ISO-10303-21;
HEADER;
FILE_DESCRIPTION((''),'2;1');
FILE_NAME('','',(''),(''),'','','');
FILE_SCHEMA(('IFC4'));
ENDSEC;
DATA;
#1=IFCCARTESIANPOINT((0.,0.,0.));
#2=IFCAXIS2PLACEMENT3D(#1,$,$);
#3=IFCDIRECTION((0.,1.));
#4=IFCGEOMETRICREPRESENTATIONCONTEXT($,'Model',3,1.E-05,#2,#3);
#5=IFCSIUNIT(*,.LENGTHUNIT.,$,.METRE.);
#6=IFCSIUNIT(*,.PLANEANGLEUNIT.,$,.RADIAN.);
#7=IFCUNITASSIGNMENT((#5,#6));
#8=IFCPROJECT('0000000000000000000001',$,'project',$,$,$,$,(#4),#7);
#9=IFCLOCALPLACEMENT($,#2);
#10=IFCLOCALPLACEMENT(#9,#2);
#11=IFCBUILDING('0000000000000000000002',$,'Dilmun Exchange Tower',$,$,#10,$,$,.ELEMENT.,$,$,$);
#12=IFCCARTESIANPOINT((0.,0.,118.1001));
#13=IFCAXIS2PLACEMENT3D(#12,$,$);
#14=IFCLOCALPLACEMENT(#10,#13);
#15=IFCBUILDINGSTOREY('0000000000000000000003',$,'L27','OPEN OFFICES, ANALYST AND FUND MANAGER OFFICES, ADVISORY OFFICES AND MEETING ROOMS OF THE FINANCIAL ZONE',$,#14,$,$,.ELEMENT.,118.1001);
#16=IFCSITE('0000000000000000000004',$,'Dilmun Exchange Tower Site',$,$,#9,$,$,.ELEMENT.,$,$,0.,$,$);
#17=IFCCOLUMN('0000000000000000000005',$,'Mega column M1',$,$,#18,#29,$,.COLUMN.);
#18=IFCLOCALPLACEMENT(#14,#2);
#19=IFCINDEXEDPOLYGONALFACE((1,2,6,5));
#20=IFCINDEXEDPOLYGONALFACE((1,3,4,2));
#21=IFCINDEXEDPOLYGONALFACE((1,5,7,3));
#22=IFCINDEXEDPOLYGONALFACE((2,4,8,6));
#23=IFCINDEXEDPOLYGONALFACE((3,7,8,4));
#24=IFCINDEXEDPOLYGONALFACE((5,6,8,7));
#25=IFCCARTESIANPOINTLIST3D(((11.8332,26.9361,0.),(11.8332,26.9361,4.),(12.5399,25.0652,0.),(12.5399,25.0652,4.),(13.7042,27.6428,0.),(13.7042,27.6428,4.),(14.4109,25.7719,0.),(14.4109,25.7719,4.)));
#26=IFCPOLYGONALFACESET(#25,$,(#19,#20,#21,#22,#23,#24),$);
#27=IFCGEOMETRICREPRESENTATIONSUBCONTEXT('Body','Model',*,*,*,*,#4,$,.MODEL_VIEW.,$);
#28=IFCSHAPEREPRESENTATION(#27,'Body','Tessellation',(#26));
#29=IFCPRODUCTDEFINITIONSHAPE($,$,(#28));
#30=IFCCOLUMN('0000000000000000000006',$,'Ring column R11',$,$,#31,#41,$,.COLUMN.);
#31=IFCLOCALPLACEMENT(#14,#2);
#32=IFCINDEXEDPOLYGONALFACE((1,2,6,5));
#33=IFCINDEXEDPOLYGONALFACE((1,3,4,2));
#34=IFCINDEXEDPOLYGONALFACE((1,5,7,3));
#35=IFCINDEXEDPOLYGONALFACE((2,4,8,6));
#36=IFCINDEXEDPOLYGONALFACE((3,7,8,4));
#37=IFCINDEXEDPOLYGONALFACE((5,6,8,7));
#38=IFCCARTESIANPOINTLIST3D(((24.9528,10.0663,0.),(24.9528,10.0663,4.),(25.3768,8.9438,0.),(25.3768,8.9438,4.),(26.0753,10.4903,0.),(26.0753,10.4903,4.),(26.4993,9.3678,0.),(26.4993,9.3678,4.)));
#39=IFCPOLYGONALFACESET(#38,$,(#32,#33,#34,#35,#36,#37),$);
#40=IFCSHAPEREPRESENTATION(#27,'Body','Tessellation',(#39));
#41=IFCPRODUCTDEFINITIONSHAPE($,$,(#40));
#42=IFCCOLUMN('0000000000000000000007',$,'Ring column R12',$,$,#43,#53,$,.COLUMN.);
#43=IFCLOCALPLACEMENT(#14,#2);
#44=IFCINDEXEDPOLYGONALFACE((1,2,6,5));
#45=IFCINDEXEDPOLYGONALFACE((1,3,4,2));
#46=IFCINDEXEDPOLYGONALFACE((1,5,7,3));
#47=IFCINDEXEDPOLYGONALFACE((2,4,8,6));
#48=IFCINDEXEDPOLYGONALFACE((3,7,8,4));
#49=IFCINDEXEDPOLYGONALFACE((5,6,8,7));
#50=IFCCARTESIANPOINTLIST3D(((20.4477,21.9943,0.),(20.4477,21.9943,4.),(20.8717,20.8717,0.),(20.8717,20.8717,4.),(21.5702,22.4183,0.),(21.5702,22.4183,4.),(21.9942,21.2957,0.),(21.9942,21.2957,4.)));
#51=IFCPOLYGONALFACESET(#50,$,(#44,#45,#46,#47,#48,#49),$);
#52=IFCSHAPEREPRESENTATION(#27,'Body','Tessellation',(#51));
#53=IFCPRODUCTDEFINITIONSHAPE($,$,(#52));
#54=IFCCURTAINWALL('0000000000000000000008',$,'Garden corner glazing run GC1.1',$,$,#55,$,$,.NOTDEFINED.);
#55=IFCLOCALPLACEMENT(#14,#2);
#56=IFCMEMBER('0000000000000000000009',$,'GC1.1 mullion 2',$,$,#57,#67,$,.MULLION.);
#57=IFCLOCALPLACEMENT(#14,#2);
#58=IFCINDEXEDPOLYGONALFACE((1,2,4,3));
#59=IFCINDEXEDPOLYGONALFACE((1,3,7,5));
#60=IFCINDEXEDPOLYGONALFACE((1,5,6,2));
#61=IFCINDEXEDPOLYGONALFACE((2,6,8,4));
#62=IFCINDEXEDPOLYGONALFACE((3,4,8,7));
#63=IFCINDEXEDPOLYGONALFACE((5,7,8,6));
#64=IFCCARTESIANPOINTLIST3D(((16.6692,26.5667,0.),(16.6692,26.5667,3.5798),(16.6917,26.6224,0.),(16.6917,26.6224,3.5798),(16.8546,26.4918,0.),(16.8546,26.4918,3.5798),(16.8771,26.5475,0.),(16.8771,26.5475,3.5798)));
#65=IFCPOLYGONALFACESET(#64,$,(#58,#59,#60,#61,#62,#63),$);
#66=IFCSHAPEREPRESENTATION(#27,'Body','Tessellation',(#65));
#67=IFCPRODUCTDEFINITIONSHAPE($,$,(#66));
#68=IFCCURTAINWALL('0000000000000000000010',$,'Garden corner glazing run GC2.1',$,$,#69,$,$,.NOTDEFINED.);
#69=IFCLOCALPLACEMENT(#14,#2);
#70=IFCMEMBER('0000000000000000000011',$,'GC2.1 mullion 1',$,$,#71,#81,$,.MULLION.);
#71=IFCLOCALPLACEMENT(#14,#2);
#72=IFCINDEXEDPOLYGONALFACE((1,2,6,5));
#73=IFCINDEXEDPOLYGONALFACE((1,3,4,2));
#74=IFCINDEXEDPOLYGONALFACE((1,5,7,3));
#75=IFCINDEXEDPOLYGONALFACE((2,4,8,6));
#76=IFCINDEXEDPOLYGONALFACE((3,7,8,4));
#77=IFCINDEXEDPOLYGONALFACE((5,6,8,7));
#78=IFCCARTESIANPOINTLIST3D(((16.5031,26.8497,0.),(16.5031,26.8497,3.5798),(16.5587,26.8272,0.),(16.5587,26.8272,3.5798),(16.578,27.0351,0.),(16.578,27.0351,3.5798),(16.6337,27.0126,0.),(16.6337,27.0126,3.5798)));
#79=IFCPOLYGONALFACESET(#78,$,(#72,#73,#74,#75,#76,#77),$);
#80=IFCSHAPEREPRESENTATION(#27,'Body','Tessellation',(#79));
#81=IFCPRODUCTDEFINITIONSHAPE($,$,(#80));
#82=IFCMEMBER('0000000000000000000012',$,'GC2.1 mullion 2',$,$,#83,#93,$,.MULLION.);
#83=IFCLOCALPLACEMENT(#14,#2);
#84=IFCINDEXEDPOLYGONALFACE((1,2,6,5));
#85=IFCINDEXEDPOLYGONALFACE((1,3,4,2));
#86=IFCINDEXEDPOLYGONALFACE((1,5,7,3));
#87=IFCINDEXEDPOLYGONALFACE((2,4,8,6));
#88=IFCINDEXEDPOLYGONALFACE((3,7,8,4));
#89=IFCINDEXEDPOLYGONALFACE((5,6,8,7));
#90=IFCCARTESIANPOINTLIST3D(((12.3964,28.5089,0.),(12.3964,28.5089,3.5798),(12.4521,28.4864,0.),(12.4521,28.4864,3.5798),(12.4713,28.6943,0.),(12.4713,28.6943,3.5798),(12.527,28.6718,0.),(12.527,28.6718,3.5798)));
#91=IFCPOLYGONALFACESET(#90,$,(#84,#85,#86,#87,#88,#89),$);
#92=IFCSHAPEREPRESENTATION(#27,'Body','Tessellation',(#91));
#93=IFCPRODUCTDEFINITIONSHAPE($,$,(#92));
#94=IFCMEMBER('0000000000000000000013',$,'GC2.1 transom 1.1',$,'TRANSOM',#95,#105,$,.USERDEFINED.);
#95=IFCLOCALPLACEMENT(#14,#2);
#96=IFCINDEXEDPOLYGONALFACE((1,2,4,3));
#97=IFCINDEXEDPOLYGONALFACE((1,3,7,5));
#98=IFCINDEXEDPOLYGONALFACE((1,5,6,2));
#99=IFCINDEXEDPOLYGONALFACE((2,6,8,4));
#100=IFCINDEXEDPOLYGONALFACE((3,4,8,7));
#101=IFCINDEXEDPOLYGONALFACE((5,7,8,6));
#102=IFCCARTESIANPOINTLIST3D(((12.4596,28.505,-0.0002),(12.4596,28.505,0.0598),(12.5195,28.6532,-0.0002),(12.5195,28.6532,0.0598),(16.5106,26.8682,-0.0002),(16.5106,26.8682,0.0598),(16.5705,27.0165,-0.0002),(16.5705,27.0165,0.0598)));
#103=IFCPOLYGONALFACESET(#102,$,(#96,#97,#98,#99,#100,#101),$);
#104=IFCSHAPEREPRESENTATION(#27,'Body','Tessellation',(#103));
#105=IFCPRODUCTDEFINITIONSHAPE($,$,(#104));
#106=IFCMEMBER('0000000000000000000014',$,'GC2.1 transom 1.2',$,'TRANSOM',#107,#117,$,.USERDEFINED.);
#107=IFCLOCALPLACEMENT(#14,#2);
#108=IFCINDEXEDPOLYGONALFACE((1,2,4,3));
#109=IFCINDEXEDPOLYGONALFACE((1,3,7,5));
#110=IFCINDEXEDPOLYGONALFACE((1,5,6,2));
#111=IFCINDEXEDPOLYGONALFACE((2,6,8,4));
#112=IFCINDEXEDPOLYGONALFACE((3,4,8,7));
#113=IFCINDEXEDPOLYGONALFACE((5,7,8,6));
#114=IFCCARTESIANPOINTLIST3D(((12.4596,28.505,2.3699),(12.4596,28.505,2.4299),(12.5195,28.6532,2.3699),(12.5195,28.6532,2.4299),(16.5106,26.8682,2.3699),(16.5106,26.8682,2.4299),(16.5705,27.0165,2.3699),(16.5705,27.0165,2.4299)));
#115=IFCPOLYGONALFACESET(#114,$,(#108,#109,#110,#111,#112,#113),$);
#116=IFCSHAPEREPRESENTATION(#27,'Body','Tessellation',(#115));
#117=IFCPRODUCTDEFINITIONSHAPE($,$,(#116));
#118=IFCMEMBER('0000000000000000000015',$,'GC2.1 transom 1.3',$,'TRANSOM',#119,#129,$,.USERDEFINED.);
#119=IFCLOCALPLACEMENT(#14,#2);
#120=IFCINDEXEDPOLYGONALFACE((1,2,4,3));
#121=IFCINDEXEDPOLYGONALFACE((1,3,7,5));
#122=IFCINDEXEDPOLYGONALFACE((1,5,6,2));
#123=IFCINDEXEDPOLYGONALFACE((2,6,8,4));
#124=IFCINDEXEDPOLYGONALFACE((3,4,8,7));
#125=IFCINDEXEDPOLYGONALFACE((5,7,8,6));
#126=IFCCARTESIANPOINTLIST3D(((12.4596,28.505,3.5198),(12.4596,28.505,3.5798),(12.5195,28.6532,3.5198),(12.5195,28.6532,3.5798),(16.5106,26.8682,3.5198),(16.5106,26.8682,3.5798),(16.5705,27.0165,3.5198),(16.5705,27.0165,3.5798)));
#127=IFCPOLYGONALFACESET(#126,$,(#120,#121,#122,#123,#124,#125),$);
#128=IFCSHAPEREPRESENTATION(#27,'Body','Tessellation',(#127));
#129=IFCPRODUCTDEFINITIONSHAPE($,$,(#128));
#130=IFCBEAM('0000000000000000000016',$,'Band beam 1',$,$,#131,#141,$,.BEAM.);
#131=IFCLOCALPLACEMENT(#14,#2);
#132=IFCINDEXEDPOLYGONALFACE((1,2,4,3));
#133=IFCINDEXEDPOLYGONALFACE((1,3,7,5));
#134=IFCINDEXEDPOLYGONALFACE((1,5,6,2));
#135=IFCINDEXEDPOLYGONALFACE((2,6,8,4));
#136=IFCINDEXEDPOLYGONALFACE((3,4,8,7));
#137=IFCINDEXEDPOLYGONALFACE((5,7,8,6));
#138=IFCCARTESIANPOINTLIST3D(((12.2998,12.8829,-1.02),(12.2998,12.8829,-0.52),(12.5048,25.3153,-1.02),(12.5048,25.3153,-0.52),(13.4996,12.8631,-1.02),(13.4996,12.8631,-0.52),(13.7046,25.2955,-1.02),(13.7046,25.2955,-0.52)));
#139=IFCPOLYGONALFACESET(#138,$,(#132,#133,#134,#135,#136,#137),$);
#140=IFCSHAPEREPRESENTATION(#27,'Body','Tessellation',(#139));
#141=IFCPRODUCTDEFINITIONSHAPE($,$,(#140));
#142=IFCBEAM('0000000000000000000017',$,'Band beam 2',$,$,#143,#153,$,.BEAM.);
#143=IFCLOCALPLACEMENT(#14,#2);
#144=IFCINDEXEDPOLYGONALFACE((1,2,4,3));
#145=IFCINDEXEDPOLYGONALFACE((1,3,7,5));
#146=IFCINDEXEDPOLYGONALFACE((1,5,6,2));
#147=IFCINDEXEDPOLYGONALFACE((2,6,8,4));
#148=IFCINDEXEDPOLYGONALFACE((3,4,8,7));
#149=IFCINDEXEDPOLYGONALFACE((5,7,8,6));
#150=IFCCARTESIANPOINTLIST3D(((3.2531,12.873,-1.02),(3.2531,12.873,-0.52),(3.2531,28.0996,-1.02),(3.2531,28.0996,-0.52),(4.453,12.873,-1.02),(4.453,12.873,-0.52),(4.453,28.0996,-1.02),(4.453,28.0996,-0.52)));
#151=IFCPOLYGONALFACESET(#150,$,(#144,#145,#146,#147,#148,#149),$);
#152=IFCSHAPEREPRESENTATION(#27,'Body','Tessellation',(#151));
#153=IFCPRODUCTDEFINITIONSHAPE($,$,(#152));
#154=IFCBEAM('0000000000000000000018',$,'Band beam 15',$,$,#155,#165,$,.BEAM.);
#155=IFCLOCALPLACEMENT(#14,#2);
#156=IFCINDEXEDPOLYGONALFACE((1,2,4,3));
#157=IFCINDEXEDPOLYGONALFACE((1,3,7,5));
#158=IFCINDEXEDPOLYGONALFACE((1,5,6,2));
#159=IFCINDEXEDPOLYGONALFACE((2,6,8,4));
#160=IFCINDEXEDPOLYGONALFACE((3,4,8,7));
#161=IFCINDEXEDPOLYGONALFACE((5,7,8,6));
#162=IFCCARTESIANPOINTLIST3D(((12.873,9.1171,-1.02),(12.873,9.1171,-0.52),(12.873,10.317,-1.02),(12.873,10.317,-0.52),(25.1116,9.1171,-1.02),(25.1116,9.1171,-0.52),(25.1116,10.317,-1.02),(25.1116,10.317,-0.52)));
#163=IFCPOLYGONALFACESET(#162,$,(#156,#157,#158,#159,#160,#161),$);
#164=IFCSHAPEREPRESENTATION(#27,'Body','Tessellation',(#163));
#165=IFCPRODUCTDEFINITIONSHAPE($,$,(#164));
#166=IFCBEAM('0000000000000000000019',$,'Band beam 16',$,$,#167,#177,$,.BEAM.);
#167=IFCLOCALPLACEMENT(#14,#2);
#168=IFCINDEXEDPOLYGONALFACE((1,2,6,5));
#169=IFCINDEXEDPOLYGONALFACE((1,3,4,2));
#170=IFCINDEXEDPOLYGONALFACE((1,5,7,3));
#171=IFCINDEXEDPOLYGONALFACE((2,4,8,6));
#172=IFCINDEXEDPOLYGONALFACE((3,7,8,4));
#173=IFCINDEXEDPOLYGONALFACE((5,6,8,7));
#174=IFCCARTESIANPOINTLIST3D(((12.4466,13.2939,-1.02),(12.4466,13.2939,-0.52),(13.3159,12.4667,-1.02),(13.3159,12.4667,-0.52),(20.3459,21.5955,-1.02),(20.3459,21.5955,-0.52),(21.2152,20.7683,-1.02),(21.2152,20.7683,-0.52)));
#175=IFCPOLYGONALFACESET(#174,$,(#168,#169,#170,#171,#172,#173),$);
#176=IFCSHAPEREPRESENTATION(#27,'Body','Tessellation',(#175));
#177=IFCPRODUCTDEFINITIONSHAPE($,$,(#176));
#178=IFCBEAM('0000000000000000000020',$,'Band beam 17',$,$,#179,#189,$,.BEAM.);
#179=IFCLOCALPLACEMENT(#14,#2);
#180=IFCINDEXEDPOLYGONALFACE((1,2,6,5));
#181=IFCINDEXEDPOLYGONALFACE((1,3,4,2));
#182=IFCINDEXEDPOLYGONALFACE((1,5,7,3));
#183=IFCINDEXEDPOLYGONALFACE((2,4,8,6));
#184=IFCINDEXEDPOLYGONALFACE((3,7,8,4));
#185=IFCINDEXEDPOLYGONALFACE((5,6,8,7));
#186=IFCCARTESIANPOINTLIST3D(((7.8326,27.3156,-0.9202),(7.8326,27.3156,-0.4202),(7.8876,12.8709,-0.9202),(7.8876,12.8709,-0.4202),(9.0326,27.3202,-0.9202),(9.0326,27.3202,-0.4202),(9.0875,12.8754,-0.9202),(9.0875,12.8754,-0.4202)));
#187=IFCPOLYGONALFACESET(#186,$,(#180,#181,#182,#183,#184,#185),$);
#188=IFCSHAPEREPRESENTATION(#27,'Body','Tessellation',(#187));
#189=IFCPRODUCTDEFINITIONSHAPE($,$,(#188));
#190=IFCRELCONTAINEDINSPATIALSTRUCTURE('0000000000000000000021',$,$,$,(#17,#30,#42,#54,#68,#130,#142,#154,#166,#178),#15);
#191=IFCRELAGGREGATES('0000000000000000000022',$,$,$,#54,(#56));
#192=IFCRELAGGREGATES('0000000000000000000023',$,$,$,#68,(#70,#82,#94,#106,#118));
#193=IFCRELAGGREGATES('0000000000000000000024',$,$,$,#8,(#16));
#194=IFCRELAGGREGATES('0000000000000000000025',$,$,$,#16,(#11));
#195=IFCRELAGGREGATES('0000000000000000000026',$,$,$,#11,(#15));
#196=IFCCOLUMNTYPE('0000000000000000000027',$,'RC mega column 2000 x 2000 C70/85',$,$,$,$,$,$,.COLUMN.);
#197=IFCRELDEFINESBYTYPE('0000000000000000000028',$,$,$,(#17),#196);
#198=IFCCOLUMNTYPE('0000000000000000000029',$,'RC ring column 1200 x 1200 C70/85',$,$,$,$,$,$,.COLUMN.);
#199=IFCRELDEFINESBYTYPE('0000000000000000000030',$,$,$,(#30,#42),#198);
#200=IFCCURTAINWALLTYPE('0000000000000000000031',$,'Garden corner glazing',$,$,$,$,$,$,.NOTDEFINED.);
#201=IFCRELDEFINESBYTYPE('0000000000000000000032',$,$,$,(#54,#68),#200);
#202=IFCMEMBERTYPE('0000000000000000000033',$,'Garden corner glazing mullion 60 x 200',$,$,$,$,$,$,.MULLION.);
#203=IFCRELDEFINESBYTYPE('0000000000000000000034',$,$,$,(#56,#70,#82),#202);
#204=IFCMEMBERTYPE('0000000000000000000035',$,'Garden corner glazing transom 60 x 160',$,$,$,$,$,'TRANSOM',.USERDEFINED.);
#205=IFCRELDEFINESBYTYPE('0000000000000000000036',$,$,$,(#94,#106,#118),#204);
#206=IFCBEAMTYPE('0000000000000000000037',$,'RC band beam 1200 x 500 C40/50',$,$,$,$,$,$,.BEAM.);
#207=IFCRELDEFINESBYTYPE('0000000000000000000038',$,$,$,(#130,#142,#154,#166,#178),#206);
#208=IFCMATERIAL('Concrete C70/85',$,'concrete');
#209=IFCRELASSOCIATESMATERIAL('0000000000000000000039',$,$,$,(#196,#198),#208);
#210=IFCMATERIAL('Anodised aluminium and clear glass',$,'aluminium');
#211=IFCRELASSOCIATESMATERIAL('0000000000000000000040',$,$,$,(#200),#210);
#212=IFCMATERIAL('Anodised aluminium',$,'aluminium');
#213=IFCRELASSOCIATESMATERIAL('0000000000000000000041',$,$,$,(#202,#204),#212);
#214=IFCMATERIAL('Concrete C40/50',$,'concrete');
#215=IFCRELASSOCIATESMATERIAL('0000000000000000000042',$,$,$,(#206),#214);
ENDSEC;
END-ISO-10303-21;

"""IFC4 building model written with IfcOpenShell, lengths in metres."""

from ifc_helpers import new_model, si_unit, direction, frame, origin, origin_2d, place, context, subcontext, project, spatial, rectangle, extrude, material, material_profile, profile_set, type_object, element, aggregate, save


model = new_model("IFC4")

# Units and contexts
model_context = context("Model", 3, precision=1e-05, world=origin(), true_north=direction((0.0, 1.0)))
body_context = subcontext(model_context, "Body", "Model", "MODEL_VIEW")
ifc_project = project(units=[si_unit("LENGTHUNIT", "METRE"), si_unit("PLANEANGLEUNIT", "RADIAN")], contexts=[model_context])

# Site, building, storey
site_placement = place(None, origin())
site = spatial("IfcSite", under=ifc_project, at=site_placement, Name="Dilmun Exchange Tower Site", CompositionType="ELEMENT", RefElevation=0.0)
building_placement = place(site_placement, origin())
building = spatial("IfcBuilding", under=site, at=building_placement, Name="Dilmun Exchange Tower", CompositionType="ELEMENT")
storey_placement = place(building_placement, frame((0.0, 0.0, 118.1001)))
storey = spatial("IfcBuildingStorey", under=building, at=storey_placement, Name="L27", Description="OPEN OFFICES, ANALYST AND FUND MANAGER OFFICES, ADVISORY OFFICES AND MEETING ROOMS OF THE FINANCIAL ZONE", CompositionType="ELEMENT", Elevation=118.1001)

# Columns
ifc_material_1 = material(Name="Concrete C70/85", Category="concrete")
ifc_material_profile_1 = material_profile(ifc_material_1, rectangle(XDim=2.0, YDim=2.0, at=origin_2d()), Name="2000 x 2000")
ifc_profile_set_1 = profile_set([ifc_material_profile_1], Name="Concrete C70/85")
column_type_1 = type_object("IfcColumnType", Name="RC mega column 2000 x 2000 C70/85", PredefinedType="COLUMN", material=ifc_profile_set_1)
column_placement = place(storey_placement, frame((13.1221, 26.354, 0.0), z_axis=(0.0, 0.0, 1.0), x_axis=(0.935492, 0.353349, 0.0)))
element("IfcColumn", 1, at=column_placement, inside=storey, type_object=column_type_1, Name="Mega column M1", PredefinedType="COLUMN", context=body_context, shape_type="SweptSolid", body=[
    extrude(rectangle(XDim=2.0, YDim=2.0, at=origin_2d()), origin(), (0.0, 0.0, 1.0), 4.0),
])
ifc_material_profile_2 = material_profile(ifc_material_1, rectangle(XDim=1.2, YDim=1.2, at=origin_2d()), Name="1200 x 1200")
ifc_profile_set_2 = profile_set([ifc_material_profile_2], Name="Concrete C70/85")
column_type_2 = type_object("IfcColumnType", Name="RC ring column 1200 x 1200 C70/85", PredefinedType="COLUMN", material=ifc_profile_set_2)
for number, where, z_axis, x_axis, name in (
    (2, (25.7261, 9.717, 0.0), (0.0, 0.0, 1.0), (0.935492, 0.353349, 0.0), "Ring column R11"),
    (3, (21.2209, 21.645, 0.0), (0.0, 0.0, 1.0), (0.935492, 0.353349, 0.0), "Ring column R12"),
):
    element("IfcColumn", number, at=place(storey_placement, frame(where, z_axis=z_axis, x_axis=x_axis)), inside=storey, type_object=column_type_2, Name=name, PredefinedType="COLUMN", context=body_context, shape_type="SweptSolid", body=[
        extrude(rectangle(XDim=1.2, YDim=1.2, at=origin_2d()), origin(), (0.0, 0.0, 1.0), 4.0),
    ])

# Curtain wall, member
ifc_material_2 = material(Name="Anodised aluminium and clear glass", Category="aluminium")
curtain_wall_type = type_object("IfcCurtainWallType", Name="Garden corner glazing", PredefinedType="NOTDEFINED", material=ifc_material_2)
curtain_wall_1_placement = place(storey_placement, origin())
curtain_wall_1 = element("IfcCurtainWall", 4, at=curtain_wall_1_placement, inside=storey, type_object=curtain_wall_type, Name="Garden corner glazing run GC1.1", PredefinedType="NOTDEFINED")
ifc_material_3 = material(Name="Anodised aluminium", Category="aluminium")
ifc_material_profile_3 = material_profile(ifc_material_3, rectangle(XDim=0.2, YDim=0.0601, at=origin_2d()), Name="AL 60x200")
ifc_profile_set_3 = profile_set([ifc_material_profile_3], Name="Anodised aluminium")
member_type_1 = type_object("IfcMemberType", Name="Garden corner glazing mullion 60 x 200", PredefinedType="MULLION", material=ifc_profile_set_3)
member_1_placement = place(storey_placement, frame((16.7732, 26.5571, 0.0), z_axis=(0.0, 0.0, 1.0), x_axis=(0.927182, -0.374612, 0.0)))
member_1 = element("IfcMember", 5, at=member_1_placement, type_object=member_type_1, Name="GC1.1 mullion 2", PredefinedType="MULLION", context=body_context, shape_type="SweptSolid", body=[
    extrude(rectangle(XDim=0.2, YDim=0.0601, at=origin_2d()), origin(), (0.0, 0.0, 1.0), 3.5798),
])
aggregate(curtain_wall_1, [member_1])

# Curtain wall, members
curtain_wall_2_placement = place(storey_placement, origin())
curtain_wall_2 = element("IfcCurtainWall", 6, at=curtain_wall_2_placement, inside=storey, type_object=curtain_wall_type, Name="Garden corner glazing run GC2.1", PredefinedType="NOTDEFINED")
member_2_placement = place(storey_placement, frame((16.5684, 26.9312, 0.0), z_axis=(0.0, 0.0, 1.0), x_axis=(-0.374618, -0.927179, 0.0)))
member_2 = element("IfcMember", 7, at=member_2_placement, type_object=member_type_1, Name="GC2.1 mullion 1", PredefinedType="MULLION", context=body_context, shape_type="SweptSolid", body=[
    extrude(rectangle(XDim=0.2, YDim=0.0601, at=origin_2d()), origin(), (0.0, 0.0, 1.0), 3.5798),
])
member_3_placement = place(storey_placement, frame((12.4617, 28.5903, 0.0), z_axis=(0.0, 0.0, 1.0), x_axis=(-0.374618, -0.927179, 0.0)))
member_3 = element("IfcMember", 8, at=member_3_placement, type_object=member_type_1, Name="GC2.1 mullion 2", PredefinedType="MULLION", context=body_context, shape_type="SweptSolid", body=[
    extrude(rectangle(XDim=0.2, YDim=0.0601, at=origin_2d()), origin(), (0.0, 0.0, 1.0), 3.5798),
])
ifc_material_profile_4 = material_profile(ifc_material_3, rectangle(XDim=0.1599, YDim=0.0601, at=origin_2d()), Name="AL 60x160")
ifc_profile_set_4 = profile_set([ifc_material_profile_4], Name="Anodised aluminium")
member_type_2 = type_object("IfcMemberType", Name="Garden corner glazing transom 60 x 160", ElementType="TRANSOM", PredefinedType="USERDEFINED", material=ifc_profile_set_4)
member_4_placement = place(storey_placement, frame((16.5405, 26.9424, 0.0298), z_axis=(-0.927184, 0.374606, 0.0), x_axis=(-0.374606, -0.927184, 0.0)))
member_4 = element("IfcMember", 9, at=member_4_placement, type_object=member_type_2, Name="GC2.1 transom 1.1", ObjectType="TRANSOM", PredefinedType="USERDEFINED", context=body_context, shape_type="SweptSolid", body=[
    extrude(rectangle(XDim=0.1599, YDim=0.0601, at=origin_2d()), origin(), (0.0, 0.0, 1.0), 4.3691),
])
member_5_placement = place(storey_placement, frame((16.5405, 26.9424, 2.3999), z_axis=(-0.927184, 0.374606, 0.0), x_axis=(-0.374606, -0.927184, 0.0)))
member_5 = element("IfcMember", 10, at=member_5_placement, type_object=member_type_2, Name="GC2.1 transom 1.2", ObjectType="TRANSOM", PredefinedType="USERDEFINED", context=body_context, shape_type="SweptSolid", body=[
    extrude(rectangle(XDim=0.1599, YDim=0.0601, at=origin_2d()), origin(), (0.0, 0.0, 1.0), 4.3691),
])
member_6_placement = place(storey_placement, frame((16.5405, 26.9424, 3.5498), z_axis=(-0.927184, 0.374606, 0.0), x_axis=(-0.374606, -0.927184, 0.0)))
member_6 = element("IfcMember", 11, at=member_6_placement, type_object=member_type_2, Name="GC2.1 transom 1.3", ObjectType="TRANSOM", PredefinedType="USERDEFINED", context=body_context, shape_type="SweptSolid", body=[
    extrude(rectangle(XDim=0.1599, YDim=0.0601, at=origin_2d()), origin(), (0.0, 0.0, 1.0), 4.3691),
])

# Beams
ifc_material_4 = material(Name="Concrete C40/50", Category="concrete")
ifc_material_profile_5 = material_profile(ifc_material_4, rectangle(XDim=1.2, YDim=0.5, at=origin_2d()), Name="1200 x 500")
ifc_profile_set_5 = profile_set([ifc_material_profile_5], Name="Concrete C40/50")
beam_type_1 = type_object("IfcBeamType", Name="RC band beam 1200 x 500 C40/50", PredefinedType="BEAM", material=ifc_profile_set_5)
beam_1_placement = place(storey_placement, frame((13.1047, 25.3054, -0.77), z_axis=(-0.016493, -0.999864, 0.0), x_axis=(0.999864, -0.016493, 0.0)))
element("IfcBeam", 12, at=beam_1_placement, inside=storey, type_object=beam_type_1, Name="Band beam 1", PredefinedType="BEAM", context=body_context, shape_type="SweptSolid", body=[
    extrude(rectangle(XDim=1.2, YDim=0.5, at=origin_2d()), origin(), (0.0, 0.0, 1.0), 12.4341),
])
beam_2_placement = place(storey_placement, frame((3.853, 28.0996, -0.77), z_axis=(0.0, -1.0, 0.0), x_axis=(1.0, 0.0, 0.0)))
element("IfcBeam", 13, at=beam_2_placement, inside=storey, type_object=beam_type_1, Name="Band beam 2", PredefinedType="BEAM", context=body_context, shape_type="SweptSolid", body=[
    extrude(rectangle(XDim=1.2, YDim=0.5, at=origin_2d()), origin(), (0.0, 0.0, 1.0), 15.2266),
])
beam_3_placement = place(storey_placement, frame((25.1116, 9.717, -0.77), z_axis=(-1.0, 0.0, 0.0), x_axis=(0.0, -1.0, 0.0)))
element("IfcBeam", 14, at=beam_3_placement, inside=storey, type_object=beam_type_1, Name="Band beam 15", PredefinedType="BEAM", context=body_context, shape_type="SweptSolid", body=[
    extrude(rectangle(XDim=1.2, YDim=0.5, at=origin_2d()), origin(), (0.0, 0.0, 1.0), 12.2385),
])
beam_4_placement = place(storey_placement, frame((20.7805, 21.1819, -0.77), z_axis=(-0.689333, -0.724444, 0.0), x_axis=(0.724444, -0.689333, 0.0)))
element("IfcBeam", 15, at=beam_4_placement, inside=storey, type_object=beam_type_1, Name="Band beam 16", PredefinedType="BEAM", context=body_context, shape_type="SweptSolid", body=[
    extrude(rectangle(XDim=1.2, YDim=0.5, at=origin_2d()), origin(), (0.0, 0.0, 1.0), 11.4592),
])
beam_5_placement = place(storey_placement, frame((8.4326, 27.3179, -0.6702), z_axis=(0.003803, -0.999993, 0.0), x_axis=(0.999993, 0.003803, 0.0)))
element("IfcBeam", 16, at=beam_5_placement, inside=storey, type_object=beam_type_1, Name="Band beam 17", PredefinedType="BEAM", context=body_context, shape_type="SweptSolid", body=[
    extrude(rectangle(XDim=1.2, YDim=0.5, at=origin_2d()), origin(), (0.0, 0.0, 1.0), 14.4448),
])

aggregate(curtain_wall_2, [member_2, member_3, member_4, member_5, member_6])

save(model, "model.ifc")
